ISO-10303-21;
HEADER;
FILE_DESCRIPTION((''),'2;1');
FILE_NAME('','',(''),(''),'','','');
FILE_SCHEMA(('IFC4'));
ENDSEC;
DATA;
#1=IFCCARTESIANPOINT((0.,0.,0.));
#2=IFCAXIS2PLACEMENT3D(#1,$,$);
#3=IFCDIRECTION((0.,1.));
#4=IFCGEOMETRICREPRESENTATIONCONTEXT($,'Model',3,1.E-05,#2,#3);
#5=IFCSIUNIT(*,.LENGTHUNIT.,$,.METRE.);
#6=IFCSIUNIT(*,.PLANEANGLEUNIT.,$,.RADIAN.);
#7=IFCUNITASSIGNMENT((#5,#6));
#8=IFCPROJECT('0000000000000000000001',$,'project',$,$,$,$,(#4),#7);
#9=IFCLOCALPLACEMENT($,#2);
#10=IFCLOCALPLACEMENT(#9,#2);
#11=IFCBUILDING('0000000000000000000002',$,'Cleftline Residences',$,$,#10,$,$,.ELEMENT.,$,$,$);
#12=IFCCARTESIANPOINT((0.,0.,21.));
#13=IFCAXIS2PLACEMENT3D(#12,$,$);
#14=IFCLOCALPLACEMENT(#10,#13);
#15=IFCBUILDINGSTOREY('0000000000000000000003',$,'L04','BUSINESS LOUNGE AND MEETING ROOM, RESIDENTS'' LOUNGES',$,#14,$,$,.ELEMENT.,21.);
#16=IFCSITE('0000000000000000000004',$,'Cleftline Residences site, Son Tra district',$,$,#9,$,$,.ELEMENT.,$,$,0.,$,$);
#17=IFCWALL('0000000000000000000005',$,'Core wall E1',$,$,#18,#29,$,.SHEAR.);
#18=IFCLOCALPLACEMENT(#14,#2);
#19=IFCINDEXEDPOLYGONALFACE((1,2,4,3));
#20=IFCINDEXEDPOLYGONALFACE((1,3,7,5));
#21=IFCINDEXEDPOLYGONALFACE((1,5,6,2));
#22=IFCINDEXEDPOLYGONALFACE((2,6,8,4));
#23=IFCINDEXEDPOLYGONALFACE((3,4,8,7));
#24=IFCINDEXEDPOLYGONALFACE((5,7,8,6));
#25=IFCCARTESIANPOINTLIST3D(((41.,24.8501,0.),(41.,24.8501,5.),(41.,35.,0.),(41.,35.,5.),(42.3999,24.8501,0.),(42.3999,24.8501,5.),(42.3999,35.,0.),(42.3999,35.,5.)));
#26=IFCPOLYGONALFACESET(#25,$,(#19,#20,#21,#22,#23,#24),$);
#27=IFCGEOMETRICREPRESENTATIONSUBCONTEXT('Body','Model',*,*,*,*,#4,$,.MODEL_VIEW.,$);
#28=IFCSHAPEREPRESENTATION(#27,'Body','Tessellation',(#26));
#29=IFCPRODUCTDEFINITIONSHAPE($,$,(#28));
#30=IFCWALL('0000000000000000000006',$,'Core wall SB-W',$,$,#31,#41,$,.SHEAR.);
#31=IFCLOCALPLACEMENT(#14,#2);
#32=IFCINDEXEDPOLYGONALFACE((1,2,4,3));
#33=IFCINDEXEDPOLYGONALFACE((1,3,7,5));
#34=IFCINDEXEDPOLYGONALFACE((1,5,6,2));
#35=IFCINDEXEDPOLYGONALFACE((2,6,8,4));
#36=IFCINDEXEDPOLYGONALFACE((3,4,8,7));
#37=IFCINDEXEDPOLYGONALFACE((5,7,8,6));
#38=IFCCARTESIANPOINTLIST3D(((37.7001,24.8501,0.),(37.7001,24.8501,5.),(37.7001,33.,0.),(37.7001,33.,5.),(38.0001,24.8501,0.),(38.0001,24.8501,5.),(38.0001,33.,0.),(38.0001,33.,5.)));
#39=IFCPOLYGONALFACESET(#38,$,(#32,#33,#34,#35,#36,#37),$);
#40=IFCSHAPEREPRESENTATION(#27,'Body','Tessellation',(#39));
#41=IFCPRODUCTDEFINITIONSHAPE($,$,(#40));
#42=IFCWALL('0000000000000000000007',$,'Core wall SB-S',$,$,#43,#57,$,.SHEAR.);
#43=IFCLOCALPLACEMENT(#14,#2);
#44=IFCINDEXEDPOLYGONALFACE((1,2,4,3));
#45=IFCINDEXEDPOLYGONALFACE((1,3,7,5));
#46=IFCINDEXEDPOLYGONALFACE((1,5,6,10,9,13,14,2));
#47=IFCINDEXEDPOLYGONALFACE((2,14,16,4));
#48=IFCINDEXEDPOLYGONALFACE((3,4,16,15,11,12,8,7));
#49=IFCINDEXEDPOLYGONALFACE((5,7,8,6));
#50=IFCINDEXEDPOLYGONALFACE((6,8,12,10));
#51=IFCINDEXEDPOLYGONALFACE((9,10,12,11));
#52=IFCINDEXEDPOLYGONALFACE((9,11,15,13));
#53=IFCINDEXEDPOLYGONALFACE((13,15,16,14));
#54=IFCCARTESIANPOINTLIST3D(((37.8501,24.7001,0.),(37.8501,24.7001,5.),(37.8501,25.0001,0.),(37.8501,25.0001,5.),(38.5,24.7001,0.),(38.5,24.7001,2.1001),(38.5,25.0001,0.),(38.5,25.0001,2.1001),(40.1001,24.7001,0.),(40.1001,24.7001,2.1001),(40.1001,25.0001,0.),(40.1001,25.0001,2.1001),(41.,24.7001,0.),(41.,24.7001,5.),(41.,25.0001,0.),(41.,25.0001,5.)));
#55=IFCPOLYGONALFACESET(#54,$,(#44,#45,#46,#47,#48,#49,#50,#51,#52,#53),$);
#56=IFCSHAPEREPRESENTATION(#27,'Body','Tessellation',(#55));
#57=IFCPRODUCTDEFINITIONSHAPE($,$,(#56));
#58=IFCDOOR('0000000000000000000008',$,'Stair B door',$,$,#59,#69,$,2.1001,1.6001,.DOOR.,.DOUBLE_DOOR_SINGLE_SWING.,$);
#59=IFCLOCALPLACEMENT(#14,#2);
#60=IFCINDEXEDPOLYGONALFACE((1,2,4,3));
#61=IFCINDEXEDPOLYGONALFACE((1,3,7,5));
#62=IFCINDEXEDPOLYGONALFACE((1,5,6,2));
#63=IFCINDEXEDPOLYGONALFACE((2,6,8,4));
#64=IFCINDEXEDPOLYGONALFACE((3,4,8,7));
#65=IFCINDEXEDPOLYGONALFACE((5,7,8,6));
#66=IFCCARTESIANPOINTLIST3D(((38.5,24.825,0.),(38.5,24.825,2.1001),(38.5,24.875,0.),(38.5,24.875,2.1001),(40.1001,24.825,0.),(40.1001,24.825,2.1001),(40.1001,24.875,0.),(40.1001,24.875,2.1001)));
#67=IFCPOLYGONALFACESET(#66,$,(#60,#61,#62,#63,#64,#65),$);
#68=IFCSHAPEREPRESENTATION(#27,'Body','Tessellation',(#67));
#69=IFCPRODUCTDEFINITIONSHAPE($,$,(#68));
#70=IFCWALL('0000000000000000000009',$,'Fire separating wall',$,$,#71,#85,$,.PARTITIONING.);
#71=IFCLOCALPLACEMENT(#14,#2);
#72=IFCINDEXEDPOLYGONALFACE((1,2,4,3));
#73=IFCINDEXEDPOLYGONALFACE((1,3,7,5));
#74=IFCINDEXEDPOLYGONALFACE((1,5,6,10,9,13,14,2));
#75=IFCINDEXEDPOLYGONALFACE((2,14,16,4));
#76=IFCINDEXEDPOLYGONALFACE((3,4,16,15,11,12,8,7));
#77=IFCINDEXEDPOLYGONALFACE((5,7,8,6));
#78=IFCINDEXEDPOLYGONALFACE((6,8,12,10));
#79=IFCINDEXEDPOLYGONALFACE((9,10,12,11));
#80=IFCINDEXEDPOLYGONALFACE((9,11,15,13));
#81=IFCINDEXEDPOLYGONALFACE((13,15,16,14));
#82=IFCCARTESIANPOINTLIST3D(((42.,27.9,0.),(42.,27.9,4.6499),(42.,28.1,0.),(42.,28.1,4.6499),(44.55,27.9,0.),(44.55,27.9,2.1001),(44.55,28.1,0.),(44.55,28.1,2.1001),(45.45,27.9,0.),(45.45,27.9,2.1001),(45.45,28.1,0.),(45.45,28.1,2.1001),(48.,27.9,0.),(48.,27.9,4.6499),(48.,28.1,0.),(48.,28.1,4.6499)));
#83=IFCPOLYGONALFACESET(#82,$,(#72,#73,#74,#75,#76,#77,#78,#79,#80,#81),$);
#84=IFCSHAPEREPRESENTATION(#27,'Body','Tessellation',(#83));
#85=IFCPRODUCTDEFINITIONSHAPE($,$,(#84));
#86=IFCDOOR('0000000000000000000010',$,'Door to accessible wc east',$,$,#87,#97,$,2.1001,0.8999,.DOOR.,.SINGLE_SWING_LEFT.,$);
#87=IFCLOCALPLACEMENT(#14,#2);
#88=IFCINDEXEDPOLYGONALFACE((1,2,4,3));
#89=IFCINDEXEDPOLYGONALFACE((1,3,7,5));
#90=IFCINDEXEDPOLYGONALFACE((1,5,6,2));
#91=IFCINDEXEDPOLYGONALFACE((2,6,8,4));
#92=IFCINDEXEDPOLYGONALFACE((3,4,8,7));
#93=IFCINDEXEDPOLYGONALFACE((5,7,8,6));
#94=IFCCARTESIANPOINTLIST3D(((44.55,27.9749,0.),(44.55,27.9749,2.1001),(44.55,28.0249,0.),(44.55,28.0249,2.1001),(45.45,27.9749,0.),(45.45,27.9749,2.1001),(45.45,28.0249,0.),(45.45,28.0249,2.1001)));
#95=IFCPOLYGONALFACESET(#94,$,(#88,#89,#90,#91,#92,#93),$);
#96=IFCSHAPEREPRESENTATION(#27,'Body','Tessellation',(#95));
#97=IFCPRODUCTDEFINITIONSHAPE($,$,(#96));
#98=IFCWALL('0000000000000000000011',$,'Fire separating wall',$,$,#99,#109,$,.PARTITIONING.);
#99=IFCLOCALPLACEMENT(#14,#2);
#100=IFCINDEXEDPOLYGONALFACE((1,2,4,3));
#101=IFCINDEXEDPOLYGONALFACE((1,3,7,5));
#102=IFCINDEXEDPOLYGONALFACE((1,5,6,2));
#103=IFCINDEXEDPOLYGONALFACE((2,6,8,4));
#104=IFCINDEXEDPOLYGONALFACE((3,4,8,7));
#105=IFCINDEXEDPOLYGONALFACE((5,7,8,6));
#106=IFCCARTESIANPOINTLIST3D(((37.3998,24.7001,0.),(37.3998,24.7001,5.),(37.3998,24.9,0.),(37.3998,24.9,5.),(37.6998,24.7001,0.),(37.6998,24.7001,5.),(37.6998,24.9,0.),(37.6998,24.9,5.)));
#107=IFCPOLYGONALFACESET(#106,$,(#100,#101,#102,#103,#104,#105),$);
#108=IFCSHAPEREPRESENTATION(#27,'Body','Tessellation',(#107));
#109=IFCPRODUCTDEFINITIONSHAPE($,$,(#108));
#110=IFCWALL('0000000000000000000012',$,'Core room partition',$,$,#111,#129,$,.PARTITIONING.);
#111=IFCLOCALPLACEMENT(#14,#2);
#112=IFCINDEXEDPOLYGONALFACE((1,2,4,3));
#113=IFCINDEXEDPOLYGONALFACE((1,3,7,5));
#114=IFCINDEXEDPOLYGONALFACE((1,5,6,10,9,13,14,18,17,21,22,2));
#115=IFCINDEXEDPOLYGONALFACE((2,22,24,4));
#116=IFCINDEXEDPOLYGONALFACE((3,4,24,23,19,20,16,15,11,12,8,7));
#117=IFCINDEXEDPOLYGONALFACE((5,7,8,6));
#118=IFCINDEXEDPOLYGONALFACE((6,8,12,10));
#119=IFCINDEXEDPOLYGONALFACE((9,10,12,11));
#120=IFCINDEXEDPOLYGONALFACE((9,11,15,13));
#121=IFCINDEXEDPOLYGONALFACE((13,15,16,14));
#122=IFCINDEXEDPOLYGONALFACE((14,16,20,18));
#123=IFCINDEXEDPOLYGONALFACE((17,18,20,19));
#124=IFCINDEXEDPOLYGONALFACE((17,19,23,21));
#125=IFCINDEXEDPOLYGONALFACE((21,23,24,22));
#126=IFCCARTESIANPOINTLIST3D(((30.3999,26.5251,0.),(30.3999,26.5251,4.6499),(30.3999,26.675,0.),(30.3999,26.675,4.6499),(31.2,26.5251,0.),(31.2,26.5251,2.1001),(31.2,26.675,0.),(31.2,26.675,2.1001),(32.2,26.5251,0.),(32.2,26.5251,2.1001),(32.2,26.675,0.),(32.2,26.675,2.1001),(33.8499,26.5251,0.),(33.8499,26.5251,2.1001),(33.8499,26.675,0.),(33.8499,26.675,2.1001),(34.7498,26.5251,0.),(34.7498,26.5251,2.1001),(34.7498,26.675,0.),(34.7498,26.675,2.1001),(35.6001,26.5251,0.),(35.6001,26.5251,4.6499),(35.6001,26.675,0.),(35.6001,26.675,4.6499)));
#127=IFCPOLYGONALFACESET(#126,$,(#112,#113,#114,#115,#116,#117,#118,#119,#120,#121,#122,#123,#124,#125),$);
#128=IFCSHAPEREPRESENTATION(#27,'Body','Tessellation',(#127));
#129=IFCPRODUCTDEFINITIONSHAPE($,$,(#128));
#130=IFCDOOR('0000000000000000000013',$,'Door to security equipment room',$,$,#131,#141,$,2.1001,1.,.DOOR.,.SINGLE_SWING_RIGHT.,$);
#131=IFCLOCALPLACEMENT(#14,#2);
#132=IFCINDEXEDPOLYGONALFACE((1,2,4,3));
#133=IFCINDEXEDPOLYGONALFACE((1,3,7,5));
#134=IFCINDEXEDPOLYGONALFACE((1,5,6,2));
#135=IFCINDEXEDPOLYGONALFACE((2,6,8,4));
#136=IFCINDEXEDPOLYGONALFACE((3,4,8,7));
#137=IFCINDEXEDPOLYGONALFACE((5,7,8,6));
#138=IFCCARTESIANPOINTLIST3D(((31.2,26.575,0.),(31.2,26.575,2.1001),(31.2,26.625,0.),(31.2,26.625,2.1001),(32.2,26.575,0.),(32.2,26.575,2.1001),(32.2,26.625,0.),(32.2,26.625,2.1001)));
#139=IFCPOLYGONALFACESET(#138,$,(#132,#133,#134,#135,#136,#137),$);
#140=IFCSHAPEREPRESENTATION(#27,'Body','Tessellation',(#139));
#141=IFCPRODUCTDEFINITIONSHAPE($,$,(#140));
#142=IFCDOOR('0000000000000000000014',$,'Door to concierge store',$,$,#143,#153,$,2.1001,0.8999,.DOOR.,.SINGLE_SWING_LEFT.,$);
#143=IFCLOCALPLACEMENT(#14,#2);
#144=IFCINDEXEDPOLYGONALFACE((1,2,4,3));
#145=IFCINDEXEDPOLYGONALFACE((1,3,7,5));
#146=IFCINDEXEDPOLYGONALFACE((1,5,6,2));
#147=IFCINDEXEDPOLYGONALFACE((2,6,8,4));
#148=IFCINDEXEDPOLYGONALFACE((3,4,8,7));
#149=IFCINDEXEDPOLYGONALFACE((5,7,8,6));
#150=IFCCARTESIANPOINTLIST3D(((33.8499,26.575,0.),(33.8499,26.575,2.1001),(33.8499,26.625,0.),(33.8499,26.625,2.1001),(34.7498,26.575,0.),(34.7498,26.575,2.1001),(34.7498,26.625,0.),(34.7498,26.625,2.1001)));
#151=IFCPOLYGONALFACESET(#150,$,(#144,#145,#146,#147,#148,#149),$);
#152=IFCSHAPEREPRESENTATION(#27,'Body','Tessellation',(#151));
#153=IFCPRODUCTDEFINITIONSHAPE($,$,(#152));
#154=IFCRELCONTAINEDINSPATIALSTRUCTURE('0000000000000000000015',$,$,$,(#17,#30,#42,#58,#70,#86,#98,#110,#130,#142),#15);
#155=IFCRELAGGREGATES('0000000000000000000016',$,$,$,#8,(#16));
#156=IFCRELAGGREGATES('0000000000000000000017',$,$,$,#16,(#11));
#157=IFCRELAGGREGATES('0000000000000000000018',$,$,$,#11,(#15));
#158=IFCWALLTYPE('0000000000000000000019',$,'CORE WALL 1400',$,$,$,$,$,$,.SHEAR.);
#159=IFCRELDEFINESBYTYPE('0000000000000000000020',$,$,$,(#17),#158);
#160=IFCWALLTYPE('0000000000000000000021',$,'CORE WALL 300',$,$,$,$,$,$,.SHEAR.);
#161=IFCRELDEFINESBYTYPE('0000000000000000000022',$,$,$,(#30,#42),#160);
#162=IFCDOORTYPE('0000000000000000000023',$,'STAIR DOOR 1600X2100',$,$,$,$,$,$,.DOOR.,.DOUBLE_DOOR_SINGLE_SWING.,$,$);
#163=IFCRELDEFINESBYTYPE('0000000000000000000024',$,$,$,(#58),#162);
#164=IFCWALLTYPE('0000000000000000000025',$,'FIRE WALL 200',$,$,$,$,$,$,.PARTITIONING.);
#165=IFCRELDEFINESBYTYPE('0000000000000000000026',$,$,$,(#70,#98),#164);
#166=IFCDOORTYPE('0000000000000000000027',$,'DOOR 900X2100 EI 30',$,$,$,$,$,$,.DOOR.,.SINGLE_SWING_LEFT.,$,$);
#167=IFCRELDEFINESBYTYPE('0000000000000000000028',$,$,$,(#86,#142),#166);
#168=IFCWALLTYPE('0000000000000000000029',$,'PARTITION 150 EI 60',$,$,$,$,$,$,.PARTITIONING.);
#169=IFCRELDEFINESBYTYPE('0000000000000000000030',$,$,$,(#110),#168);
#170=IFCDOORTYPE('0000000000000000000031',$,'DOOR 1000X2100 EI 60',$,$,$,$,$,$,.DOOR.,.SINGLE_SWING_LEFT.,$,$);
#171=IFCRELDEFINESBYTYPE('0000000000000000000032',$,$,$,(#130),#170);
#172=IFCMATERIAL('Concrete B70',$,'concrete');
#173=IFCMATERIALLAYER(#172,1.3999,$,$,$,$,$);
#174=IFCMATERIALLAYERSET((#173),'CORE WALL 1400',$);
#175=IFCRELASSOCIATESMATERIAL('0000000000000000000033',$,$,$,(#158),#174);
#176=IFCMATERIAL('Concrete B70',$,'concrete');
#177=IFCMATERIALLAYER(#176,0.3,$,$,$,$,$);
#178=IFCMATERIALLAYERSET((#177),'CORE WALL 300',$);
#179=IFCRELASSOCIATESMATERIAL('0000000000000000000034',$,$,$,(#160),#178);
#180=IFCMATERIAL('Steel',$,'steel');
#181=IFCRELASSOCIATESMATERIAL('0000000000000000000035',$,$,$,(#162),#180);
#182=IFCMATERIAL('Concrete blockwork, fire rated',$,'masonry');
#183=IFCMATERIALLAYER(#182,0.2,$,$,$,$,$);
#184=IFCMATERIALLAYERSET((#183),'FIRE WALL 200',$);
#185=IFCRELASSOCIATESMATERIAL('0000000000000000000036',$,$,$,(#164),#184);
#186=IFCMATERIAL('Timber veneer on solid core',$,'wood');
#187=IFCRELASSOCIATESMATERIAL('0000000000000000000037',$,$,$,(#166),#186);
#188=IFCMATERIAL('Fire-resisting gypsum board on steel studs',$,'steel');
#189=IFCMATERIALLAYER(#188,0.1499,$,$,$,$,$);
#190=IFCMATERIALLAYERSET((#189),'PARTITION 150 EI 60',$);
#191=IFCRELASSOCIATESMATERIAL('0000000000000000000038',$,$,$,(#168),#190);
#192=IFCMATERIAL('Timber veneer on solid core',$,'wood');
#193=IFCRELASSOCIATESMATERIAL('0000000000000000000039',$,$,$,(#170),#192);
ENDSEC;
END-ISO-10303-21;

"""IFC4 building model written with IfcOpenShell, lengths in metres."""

from ifc_helpers import new_model, si_unit, direction, frame, frame_2d, origin, place, context, subcontext, project, spatial, rectangle, extrude, material, layer, layer_set, type_object, element, fill, save


model = new_model("IFC4")

# Units and contexts
model_context = context("Model", 3, precision=1e-05, world=origin(), true_north=direction((0.0, 1.0)))
body_context = subcontext(model_context, "Body", "Model", "MODEL_VIEW")
ifc_project = project(units=[si_unit("LENGTHUNIT", "METRE"), si_unit("PLANEANGLEUNIT", "RADIAN")], contexts=[model_context])

# Site, building, storey
site_placement = place(None, origin())
site = spatial("IfcSite", under=ifc_project, at=site_placement, Name="Cleftline Residences site, Son Tra district", CompositionType="ELEMENT", RefElevation=0.0)
building_placement = place(site_placement, origin())
building = spatial("IfcBuilding", under=site, at=building_placement, Name="Cleftline Residences", CompositionType="ELEMENT")
storey_placement = place(building_placement, frame((0.0, 0.0, 21.0)))
storey = spatial("IfcBuildingStorey", under=building, at=storey_placement, Name="L04", Description="BUSINESS LOUNGE AND MEETING ROOM, RESIDENTS' LOUNGES", CompositionType="ELEMENT", Elevation=21.0)

# Walls
ifc_material_1 = material(Name="Concrete B70", Category="concrete")
ifc_layer_1 = layer(ifc_material_1, 1.3999)
ifc_layer_set_1 = layer_set([ifc_layer_1], Name="CORE WALL 1400")
wall_type_1 = type_object("IfcWallType", Name="CORE WALL 1400", PredefinedType="SHEAR", material=ifc_layer_set_1)
wall_1_placement = place(storey_placement, frame((41.7, 24.8501, 0.0), z_axis=(0.0, 0.0, 1.0), x_axis=(0.0, 1.0, 0.0)))
element("IfcWall", 1, at=wall_1_placement, inside=storey, type_object=wall_type_1, Name="Core wall E1", PredefinedType="SHEAR", context=body_context, shape_type="SweptSolid", body=[
    extrude(rectangle(XDim=10.1499, YDim=1.3999, at=frame_2d((5.075, 0.0))), origin(), (0.0, 0.0, 1.0), 5.0),
])
ifc_material_2 = material(Name="Concrete B70", Category="concrete")
ifc_layer_2 = layer(ifc_material_2, 0.3)
ifc_layer_set_2 = layer_set([ifc_layer_2], Name="CORE WALL 300")
wall_type_2 = type_object("IfcWallType", Name="CORE WALL 300", PredefinedType="SHEAR", material=ifc_layer_set_2)
wall_2_placement = place(storey_placement, frame((37.8501, 24.8501, 0.0), z_axis=(0.0, 0.0, 1.0), x_axis=(0.0, 1.0, 0.0)))
element("IfcWall", 2, at=wall_2_placement, inside=storey, type_object=wall_type_2, Name="Core wall SB-W", PredefinedType="SHEAR", context=body_context, shape_type="SweptSolid", body=[
    extrude(rectangle(XDim=8.1499, YDim=0.3, at=frame_2d((4.075, 0.0))), origin(), (0.0, 0.0, 1.0), 5.0),
])

# Walls, openings, doors
wall_3_placement = place(storey_placement, frame((37.8501, 24.8501, 0.0), z_axis=(0.0, 0.0, 1.0), x_axis=(1.0, 0.0, 0.0)))
wall_3 = element("IfcWall", 3, at=wall_3_placement, inside=storey, type_object=wall_type_2, Name="Core wall SB-S", PredefinedType="SHEAR", context=body_context, shape_type="SweptSolid", body=[
    extrude(rectangle(XDim=3.1499, YDim=0.3, at=frame_2d((1.575, 0.0))), origin(), (0.0, 0.0, 1.0), 5.0),
])
opening_1_placement = place(wall_3_placement, frame((0.6499, 0.0, 0.0)))
opening_1 = element("IfcOpeningElement", 4, at=opening_1_placement, cuts=wall_3, PredefinedType="OPENING", context=body_context, shape_type="SweptSolid", body=[
    extrude(rectangle(XDim=1.6001, YDim=2.1001, at=frame_2d((0.8, 1.05))), frame((0.0, 0.1599, 0.0), z_axis=(0.0, -1.0, 0.0), x_axis=(1.0, 0.0, 0.0)), (0.0, 0.0, 1.0), 0.3201),
])
ifc_material_3 = material(Name="Steel", Category="steel")
door_type_1 = type_object("IfcDoorType", Name="STAIR DOOR 1600X2100", OperationType="DOUBLE_DOOR_SINGLE_SWING", PredefinedType="DOOR", material=ifc_material_3)
door_1_placement = place(opening_1_placement, origin())
door_1 = element("IfcDoor", 5, at=door_1_placement, inside=storey, type_object=door_type_1, Name="Stair B door", OperationType="DOUBLE_DOOR_SINGLE_SWING", OverallHeight=2.1001, OverallWidth=1.6001, PredefinedType="DOOR", context=body_context, shape_type="SweptSolid", body=[
    extrude(rectangle(XDim=1.6001, YDim=2.1001, at=frame_2d((0.8, 1.05))), frame((0.0, 0.0249, 0.0), z_axis=(0.0, -1.0, 0.0), x_axis=(1.0, 0.0, 0.0)), (0.0, 0.0, 1.0), 0.05),
])
fill(opening_1, door_1)
ifc_material_4 = material(Name="Concrete blockwork, fire rated", Category="masonry")
ifc_layer_3 = layer(ifc_material_4, 0.2)
ifc_layer_set_3 = layer_set([ifc_layer_3], Name="FIRE WALL 200")
wall_type_3 = type_object("IfcWallType", Name="FIRE WALL 200", PredefinedType="PARTITIONING", material=ifc_layer_set_3)
wall_4_placement = place(storey_placement, frame((42.0, 28.0, 0.0), z_axis=(0.0, 0.0, 1.0), x_axis=(1.0, 0.0, 0.0)))
wall_4 = element("IfcWall", 6, at=wall_4_placement, inside=storey, type_object=wall_type_3, Name="Fire separating wall", PredefinedType="PARTITIONING", context=body_context, shape_type="SweptSolid", body=[
    extrude(rectangle(XDim=6.0, YDim=0.2, at=frame_2d((3.0, 0.0))), origin(), (0.0, 0.0, 1.0), 4.6499),
])
opening_2_placement = place(wall_4_placement, frame((2.55, 0.0, 0.0)))
opening_2 = element("IfcOpeningElement", 7, at=opening_2_placement, cuts=wall_4, PredefinedType="OPENING", context=body_context, shape_type="SweptSolid", body=[
    extrude(rectangle(XDim=0.8999, YDim=2.1001, at=frame_2d((0.45, 1.05))), frame((0.0, 0.1099, 0.0), z_axis=(0.0, -1.0, 0.0), x_axis=(1.0, 0.0, 0.0)), (0.0, 0.0, 1.0), 0.22),
])
ifc_material_5 = material(Name="Timber veneer on solid core", Category="wood")
door_type_2 = type_object("IfcDoorType", Name="DOOR 900X2100 EI 30", OperationType="SINGLE_SWING_LEFT", PredefinedType="DOOR", material=ifc_material_5)
door_2_placement = place(opening_2_placement, origin())
door_2 = element("IfcDoor", 8, at=door_2_placement, inside=storey, type_object=door_type_2, Name="Door to accessible wc east", OperationType="SINGLE_SWING_LEFT", OverallHeight=2.1001, OverallWidth=0.8999, PredefinedType="DOOR", context=body_context, shape_type="SweptSolid", body=[
    extrude(rectangle(XDim=0.8999, YDim=2.1001, at=frame_2d((0.45, 1.05))), frame((0.0, 0.0249, 0.0), z_axis=(0.0, -1.0, 0.0), x_axis=(1.0, 0.0, 0.0)), (0.0, 0.0, 1.0), 0.05),
])
fill(opening_2, door_2)

# Wall
wall_5_placement = place(storey_placement, frame((37.3999, 24.8, 0.0), z_axis=(0.0, 0.0, 1.0), x_axis=(1.0, 0.0, 0.0)))
element("IfcWall", 9, at=wall_5_placement, inside=storey, type_object=wall_type_3, Name="Fire separating wall", PredefinedType="PARTITIONING", context=body_context, shape_type="SweptSolid", body=[
    extrude(rectangle(XDim=0.3, YDim=0.2, at=frame_2d((0.1499, 0.0))), origin(), (0.0, 0.0, 1.0), 5.0),
])

# Wall, openings, doors
ifc_material_6 = material(Name="Fire-resisting gypsum board on steel studs", Category="steel")
ifc_layer_4 = layer(ifc_material_6, 0.1499)
ifc_layer_set_4 = layer_set([ifc_layer_4], Name="PARTITION 150 EI 60")
wall_type_4 = type_object("IfcWallType", Name="PARTITION 150 EI 60", PredefinedType="PARTITIONING", material=ifc_layer_set_4)
wall_6_placement = place(storey_placement, frame((30.3999, 26.6001, 0.0), z_axis=(0.0, 0.0, 1.0), x_axis=(1.0, 0.0, 0.0)))
wall_6 = element("IfcWall", 10, at=wall_6_placement, inside=storey, type_object=wall_type_4, Name="Core room partition", PredefinedType="PARTITIONING", context=body_context, shape_type="SweptSolid", body=[
    extrude(rectangle(XDim=5.2002, YDim=0.1499, at=frame_2d((2.6001, 0.0))), origin(), (0.0, 0.0, 1.0), 4.6499),
])
opening_3_placement = place(wall_6_placement, frame((0.8, 0.0, 0.0)))
opening_3 = element("IfcOpeningElement", 11, at=opening_3_placement, cuts=wall_6, PredefinedType="OPENING", context=body_context, shape_type="SweptSolid", body=[
    extrude(rectangle(XDim=1.0, YDim=2.1001, at=frame_2d((0.5, 1.05))), frame((0.0, 0.085, 0.0), z_axis=(0.0, -1.0, 0.0), x_axis=(1.0, 0.0, 0.0)), (0.0, 0.0, 1.0), 0.1699),
])
opening_4_placement = place(wall_6_placement, frame((3.45, 0.0, 0.0)))
opening_4 = element("IfcOpeningElement", 12, at=opening_4_placement, cuts=wall_6, PredefinedType="OPENING", context=body_context, shape_type="SweptSolid", body=[
    extrude(rectangle(XDim=0.8999, YDim=2.1001, at=frame_2d((0.45, 1.05))), frame((0.0, 0.085, 0.0), z_axis=(0.0, -1.0, 0.0), x_axis=(1.0, 0.0, 0.0)), (0.0, 0.0, 1.0), 0.1699),
])
ifc_material_7 = material(Name="Timber veneer on solid core", Category="wood")
door_type_3 = type_object("IfcDoorType", Name="DOOR 1000X2100 EI 60", OperationType="SINGLE_SWING_LEFT", PredefinedType="DOOR", material=ifc_material_7)
door_3_placement = place(opening_3_placement, origin())
door_3 = element("IfcDoor", 13, at=door_3_placement, inside=storey, type_object=door_type_3, Name="Door to security equipment room", OperationType="SINGLE_SWING_RIGHT", OverallHeight=2.1001, OverallWidth=1.0, PredefinedType="DOOR", context=body_context, shape_type="SweptSolid", body=[
    extrude(rectangle(XDim=1.0, YDim=2.1001, at=frame_2d((0.5, 1.05))), frame((0.0, 0.0249, 0.0), z_axis=(0.0, -1.0, 0.0), x_axis=(1.0, 0.0, 0.0)), (0.0, 0.0, 1.0), 0.05),
])
fill(opening_3, door_3)
door_4_placement = place(opening_4_placement, origin())
door_4 = element("IfcDoor", 14, at=door_4_placement, inside=storey, type_object=door_type_2, Name="Door to concierge store", OperationType="SINGLE_SWING_LEFT", OverallHeight=2.1001, OverallWidth=0.8999, PredefinedType="DOOR", context=body_context, shape_type="SweptSolid", body=[
    extrude(rectangle(XDim=0.8999, YDim=2.1001, at=frame_2d((0.45, 1.05))), frame((0.0, 0.0249, 0.0), z_axis=(0.0, -1.0, 0.0), x_axis=(1.0, 0.0, 0.0)), (0.0, 0.0, 1.0), 0.05),
])
fill(opening_4, door_4)

save(model, "model.ifc")
